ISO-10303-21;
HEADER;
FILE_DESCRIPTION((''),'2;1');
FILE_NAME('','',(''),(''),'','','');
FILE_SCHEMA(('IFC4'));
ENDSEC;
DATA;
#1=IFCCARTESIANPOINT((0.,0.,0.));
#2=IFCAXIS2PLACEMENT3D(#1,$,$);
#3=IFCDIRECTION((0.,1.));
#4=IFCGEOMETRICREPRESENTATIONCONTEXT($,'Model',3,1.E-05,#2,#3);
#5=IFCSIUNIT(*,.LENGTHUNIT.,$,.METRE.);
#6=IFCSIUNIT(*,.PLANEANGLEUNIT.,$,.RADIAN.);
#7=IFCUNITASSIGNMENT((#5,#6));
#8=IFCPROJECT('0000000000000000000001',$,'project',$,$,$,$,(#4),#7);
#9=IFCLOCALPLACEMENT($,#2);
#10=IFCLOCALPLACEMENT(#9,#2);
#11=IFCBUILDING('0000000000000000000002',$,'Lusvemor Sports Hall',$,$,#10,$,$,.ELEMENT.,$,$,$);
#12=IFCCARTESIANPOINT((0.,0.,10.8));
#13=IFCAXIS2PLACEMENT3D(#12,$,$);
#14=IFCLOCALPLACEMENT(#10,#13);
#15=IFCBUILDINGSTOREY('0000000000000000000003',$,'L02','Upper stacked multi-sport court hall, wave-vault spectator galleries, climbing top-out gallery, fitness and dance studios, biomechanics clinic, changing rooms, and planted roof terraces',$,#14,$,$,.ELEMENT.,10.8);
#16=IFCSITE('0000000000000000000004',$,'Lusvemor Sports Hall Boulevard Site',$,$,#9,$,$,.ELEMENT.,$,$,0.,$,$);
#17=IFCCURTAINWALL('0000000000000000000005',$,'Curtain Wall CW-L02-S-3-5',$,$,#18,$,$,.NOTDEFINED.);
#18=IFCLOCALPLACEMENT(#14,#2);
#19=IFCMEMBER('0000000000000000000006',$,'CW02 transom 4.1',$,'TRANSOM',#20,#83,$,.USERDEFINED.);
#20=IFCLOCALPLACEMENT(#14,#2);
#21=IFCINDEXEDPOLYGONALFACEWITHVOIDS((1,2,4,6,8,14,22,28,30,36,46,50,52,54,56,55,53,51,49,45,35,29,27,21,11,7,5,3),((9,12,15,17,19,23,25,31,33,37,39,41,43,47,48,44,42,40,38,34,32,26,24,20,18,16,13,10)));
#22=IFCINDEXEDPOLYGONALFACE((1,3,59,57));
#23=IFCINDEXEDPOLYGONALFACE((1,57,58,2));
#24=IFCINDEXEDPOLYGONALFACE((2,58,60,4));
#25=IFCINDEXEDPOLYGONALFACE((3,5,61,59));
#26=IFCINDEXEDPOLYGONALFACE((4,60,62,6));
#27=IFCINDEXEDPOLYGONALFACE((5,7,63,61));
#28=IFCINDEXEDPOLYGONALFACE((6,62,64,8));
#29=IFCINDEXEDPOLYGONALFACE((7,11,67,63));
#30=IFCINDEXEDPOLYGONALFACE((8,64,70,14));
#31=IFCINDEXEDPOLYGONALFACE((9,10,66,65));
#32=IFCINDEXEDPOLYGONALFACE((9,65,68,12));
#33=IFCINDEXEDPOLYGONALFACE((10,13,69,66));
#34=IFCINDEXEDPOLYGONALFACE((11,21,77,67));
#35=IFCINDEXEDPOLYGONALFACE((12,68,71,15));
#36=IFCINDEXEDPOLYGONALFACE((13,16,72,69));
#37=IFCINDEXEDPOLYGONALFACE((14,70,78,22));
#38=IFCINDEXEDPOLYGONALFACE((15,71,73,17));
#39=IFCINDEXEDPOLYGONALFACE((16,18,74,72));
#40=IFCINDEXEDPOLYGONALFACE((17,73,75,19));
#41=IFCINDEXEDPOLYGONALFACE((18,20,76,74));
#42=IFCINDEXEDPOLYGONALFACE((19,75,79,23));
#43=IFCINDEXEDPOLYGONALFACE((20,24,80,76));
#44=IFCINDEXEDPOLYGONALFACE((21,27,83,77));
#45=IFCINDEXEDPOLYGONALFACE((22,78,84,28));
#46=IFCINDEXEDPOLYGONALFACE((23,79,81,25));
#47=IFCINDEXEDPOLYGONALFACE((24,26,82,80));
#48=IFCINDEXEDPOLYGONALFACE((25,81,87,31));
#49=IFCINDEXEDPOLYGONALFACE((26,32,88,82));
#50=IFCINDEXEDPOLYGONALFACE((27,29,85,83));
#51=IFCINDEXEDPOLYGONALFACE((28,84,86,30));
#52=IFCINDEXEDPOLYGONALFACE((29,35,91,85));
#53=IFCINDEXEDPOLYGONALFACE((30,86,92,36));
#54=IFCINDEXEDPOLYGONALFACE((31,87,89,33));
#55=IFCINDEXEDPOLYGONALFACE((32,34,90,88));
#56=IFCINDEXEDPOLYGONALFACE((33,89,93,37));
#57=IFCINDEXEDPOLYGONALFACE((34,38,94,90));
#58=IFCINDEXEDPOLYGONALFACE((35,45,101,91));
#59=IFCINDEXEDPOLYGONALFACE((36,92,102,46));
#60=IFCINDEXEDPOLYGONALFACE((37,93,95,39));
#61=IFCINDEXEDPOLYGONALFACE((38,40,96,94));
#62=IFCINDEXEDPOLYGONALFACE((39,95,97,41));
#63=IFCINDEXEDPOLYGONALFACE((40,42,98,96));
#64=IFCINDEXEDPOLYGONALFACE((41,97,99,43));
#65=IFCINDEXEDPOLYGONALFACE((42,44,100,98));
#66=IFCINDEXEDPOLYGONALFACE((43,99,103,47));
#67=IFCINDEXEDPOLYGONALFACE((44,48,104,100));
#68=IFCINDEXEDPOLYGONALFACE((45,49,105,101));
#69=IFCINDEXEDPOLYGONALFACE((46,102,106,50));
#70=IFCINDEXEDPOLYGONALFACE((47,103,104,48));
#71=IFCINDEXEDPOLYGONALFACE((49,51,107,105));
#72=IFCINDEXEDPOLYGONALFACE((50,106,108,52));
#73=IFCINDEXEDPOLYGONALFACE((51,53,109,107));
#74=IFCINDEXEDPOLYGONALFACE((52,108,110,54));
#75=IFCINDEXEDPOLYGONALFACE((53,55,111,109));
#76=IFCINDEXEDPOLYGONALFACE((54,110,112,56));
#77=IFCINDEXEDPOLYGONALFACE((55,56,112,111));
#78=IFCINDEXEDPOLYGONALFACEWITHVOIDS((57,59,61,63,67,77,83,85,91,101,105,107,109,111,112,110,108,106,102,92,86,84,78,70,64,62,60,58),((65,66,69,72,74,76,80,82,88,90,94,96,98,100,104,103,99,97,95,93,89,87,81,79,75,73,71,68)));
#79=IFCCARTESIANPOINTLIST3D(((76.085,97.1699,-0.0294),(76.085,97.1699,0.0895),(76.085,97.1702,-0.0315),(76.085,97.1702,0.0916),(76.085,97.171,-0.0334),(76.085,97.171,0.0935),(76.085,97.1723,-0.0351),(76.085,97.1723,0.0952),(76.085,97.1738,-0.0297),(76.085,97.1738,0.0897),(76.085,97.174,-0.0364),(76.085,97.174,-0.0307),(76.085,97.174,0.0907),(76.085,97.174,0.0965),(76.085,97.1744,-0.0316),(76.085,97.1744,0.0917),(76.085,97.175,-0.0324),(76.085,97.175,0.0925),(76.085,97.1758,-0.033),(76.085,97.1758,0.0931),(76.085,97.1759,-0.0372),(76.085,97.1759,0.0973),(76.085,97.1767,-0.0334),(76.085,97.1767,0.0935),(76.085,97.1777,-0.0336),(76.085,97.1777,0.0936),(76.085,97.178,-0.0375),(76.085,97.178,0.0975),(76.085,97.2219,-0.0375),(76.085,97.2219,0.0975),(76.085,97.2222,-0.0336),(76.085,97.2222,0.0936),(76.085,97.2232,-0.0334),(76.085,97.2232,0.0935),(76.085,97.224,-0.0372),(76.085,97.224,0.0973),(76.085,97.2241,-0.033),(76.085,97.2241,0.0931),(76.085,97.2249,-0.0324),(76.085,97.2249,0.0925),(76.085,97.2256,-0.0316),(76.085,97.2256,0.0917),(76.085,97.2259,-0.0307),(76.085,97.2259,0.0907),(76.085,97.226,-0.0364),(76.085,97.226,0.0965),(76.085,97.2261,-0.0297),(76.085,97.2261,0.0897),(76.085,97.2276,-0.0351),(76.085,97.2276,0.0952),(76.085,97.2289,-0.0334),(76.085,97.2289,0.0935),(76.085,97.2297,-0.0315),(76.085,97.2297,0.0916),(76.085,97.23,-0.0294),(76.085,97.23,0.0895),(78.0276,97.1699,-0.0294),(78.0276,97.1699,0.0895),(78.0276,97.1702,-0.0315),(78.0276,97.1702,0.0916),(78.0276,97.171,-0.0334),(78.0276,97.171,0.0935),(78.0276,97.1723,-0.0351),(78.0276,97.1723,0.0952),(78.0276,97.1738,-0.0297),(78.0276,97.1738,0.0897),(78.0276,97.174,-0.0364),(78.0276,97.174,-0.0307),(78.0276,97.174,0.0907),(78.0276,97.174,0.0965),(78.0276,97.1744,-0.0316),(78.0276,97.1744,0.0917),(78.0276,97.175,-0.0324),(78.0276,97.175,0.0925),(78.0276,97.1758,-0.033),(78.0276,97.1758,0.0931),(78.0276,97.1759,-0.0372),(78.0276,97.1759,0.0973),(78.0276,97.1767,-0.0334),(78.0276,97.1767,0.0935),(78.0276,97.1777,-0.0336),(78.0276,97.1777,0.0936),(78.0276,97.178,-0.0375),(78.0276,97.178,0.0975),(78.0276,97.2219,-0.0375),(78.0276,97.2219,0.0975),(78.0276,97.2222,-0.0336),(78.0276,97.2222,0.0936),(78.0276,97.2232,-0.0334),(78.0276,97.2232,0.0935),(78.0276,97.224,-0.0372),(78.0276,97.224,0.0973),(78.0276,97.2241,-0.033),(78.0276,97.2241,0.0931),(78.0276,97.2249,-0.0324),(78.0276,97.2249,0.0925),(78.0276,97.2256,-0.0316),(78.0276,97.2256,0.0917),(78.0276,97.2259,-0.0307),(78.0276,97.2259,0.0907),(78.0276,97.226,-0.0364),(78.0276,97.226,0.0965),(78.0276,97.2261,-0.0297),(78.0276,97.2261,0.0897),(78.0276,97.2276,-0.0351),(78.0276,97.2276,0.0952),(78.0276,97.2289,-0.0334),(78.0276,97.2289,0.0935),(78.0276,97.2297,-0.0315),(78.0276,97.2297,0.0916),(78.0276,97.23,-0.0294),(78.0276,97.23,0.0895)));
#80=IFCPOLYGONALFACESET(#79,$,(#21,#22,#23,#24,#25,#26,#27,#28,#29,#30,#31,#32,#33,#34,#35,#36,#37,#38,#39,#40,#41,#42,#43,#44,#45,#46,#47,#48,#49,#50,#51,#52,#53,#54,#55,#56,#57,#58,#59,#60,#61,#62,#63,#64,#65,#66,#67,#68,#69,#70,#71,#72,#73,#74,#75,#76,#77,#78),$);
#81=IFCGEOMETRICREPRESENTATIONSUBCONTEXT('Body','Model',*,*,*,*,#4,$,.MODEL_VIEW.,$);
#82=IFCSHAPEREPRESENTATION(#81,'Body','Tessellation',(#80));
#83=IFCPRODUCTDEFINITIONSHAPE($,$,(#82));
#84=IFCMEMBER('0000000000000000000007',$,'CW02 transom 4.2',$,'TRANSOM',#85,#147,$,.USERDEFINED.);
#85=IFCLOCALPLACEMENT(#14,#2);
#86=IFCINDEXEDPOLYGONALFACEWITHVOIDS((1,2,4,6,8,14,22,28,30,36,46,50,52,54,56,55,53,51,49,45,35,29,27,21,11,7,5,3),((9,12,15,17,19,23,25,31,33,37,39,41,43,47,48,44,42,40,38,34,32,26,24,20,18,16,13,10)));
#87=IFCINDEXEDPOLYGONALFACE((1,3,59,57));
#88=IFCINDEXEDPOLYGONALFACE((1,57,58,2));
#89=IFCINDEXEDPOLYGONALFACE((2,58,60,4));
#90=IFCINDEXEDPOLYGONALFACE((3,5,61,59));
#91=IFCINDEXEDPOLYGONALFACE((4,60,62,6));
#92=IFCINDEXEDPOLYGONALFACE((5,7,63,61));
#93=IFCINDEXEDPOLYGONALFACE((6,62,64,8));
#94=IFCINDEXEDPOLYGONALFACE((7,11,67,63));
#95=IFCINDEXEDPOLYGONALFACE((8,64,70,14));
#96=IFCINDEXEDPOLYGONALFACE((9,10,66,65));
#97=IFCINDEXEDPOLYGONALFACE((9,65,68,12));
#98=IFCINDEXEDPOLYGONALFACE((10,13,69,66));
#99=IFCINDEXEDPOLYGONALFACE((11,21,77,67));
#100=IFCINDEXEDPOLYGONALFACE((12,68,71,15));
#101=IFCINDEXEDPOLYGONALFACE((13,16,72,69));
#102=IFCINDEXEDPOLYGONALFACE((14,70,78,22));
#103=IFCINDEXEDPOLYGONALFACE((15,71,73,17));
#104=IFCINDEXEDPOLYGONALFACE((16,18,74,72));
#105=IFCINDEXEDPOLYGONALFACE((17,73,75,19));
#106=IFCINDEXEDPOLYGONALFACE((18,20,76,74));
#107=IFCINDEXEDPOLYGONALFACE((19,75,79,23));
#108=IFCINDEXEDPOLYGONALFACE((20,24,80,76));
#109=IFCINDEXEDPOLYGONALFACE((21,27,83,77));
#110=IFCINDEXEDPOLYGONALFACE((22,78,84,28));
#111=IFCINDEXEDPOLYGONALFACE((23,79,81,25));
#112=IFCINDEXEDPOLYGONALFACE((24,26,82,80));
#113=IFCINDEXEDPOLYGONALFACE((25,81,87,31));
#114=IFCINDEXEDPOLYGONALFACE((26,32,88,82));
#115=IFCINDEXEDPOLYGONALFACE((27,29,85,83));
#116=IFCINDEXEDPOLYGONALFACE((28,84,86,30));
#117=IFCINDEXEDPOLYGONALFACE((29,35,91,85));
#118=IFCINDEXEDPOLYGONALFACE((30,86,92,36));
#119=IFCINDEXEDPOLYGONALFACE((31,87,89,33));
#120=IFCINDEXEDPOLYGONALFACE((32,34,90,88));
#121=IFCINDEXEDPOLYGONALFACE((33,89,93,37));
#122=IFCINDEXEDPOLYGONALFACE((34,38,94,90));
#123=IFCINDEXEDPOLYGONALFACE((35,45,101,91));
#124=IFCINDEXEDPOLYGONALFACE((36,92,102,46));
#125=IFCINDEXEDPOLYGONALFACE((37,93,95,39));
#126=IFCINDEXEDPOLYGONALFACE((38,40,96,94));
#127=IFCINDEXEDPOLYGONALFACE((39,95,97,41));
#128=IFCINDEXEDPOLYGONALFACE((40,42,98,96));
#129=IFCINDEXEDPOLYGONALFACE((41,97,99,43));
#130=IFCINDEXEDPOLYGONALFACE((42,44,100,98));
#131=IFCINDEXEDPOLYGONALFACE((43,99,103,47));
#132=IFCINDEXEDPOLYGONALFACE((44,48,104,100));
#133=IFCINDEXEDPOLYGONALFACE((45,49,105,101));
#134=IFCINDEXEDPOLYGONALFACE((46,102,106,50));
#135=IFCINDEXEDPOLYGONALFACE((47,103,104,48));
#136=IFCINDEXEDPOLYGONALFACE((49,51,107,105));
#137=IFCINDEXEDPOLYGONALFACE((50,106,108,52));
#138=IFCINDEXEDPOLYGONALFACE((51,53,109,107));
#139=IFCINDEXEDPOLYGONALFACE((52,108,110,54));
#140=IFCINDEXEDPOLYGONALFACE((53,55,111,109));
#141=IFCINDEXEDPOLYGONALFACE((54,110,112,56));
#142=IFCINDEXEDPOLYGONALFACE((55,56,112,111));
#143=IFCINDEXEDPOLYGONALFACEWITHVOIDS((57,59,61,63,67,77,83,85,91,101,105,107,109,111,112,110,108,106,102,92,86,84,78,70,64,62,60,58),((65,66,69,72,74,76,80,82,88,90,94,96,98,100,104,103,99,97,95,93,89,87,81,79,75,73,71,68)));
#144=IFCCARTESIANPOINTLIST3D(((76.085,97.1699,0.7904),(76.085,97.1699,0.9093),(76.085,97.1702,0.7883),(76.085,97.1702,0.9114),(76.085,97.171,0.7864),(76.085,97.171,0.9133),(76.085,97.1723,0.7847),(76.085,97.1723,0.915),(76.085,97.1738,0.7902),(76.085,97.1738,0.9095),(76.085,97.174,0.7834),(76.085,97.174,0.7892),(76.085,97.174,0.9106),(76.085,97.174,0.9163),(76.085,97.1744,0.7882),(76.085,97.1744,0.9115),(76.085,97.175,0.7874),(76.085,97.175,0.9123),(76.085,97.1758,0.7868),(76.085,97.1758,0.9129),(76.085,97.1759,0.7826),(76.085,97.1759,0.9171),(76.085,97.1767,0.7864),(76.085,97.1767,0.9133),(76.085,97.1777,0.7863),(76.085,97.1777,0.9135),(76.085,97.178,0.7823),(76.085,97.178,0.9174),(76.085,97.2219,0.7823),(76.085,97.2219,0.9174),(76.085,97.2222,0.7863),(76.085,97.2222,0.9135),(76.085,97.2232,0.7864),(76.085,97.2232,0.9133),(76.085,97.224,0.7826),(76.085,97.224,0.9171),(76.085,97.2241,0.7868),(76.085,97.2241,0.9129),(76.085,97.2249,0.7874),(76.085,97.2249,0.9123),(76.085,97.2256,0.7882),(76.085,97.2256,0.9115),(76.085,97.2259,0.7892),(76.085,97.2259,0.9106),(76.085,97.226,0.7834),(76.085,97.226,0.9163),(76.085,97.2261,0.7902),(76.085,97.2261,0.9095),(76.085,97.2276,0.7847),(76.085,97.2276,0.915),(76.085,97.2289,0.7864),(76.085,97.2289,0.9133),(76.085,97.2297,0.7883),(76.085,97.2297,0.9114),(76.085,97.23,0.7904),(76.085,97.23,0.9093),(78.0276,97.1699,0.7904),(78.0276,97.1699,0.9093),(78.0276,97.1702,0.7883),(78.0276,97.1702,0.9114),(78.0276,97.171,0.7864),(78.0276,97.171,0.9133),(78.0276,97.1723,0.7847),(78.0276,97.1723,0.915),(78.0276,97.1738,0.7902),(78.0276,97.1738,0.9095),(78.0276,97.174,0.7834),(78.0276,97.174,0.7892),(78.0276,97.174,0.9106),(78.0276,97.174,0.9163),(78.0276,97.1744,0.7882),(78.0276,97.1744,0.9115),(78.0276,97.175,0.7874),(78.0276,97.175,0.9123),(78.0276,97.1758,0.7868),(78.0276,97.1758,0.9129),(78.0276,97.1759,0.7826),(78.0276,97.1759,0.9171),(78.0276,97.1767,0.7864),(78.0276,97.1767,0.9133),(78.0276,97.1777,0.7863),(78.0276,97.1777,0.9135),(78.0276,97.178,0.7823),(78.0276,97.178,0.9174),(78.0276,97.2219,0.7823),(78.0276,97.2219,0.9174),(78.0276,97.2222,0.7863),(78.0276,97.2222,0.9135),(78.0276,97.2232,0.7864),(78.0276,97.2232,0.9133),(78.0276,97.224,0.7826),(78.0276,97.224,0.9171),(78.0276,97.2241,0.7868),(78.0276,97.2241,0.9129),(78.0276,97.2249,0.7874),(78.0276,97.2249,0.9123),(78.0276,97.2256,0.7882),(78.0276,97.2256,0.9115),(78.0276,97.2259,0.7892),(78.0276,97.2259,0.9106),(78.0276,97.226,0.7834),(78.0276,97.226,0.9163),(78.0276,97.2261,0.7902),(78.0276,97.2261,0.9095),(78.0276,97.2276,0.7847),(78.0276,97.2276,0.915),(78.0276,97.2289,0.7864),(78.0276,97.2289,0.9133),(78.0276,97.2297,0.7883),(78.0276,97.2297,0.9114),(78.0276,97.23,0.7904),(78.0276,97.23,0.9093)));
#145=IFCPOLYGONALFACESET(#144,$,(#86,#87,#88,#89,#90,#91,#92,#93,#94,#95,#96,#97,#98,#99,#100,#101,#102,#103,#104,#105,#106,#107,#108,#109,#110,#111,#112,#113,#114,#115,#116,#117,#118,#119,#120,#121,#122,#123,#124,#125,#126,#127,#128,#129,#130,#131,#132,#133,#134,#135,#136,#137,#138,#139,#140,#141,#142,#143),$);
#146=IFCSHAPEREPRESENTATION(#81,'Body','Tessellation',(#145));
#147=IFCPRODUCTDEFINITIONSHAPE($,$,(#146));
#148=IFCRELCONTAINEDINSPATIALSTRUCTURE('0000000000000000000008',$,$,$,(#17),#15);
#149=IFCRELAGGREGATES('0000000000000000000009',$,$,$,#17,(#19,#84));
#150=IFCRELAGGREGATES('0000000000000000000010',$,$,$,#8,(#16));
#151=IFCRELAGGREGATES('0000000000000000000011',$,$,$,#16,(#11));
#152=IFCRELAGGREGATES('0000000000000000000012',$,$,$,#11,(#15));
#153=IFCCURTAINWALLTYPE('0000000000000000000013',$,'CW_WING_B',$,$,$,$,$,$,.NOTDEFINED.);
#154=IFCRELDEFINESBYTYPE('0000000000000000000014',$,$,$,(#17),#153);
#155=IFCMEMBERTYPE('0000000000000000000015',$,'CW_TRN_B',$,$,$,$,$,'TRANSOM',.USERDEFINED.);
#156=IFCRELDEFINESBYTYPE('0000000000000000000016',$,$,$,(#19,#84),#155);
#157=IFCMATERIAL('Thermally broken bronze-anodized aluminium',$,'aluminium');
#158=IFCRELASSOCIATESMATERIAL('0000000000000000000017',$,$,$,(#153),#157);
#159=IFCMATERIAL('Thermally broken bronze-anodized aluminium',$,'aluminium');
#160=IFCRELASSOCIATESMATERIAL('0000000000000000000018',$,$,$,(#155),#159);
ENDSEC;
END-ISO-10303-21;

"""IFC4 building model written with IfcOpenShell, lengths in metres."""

from ifc_helpers import new_model, si_unit, direction, frame, origin, origin_2d, place, context, subcontext, project, spatial, hollow_rectangle, extrude, material, material_profile, profile_set, type_object, element, aggregate, save


model = new_model("IFC4")

# Units and contexts
model_context = context("Model", 3, precision=1e-05, world=origin(), true_north=direction((0.0, 1.0)))
body_context = subcontext(model_context, "Body", "Model", "MODEL_VIEW")
ifc_project = project(units=[si_unit("LENGTHUNIT", "METRE"), si_unit("PLANEANGLEUNIT", "RADIAN")], contexts=[model_context])

# Site, building, storey
site_placement = place(None, origin())
site = spatial("IfcSite", under=ifc_project, at=site_placement, Name="Lusvemor Sports Hall Boulevard Site", CompositionType="ELEMENT", RefElevation=0.0)
building_placement = place(site_placement, origin())
building = spatial("IfcBuilding", under=site, at=building_placement, Name="Lusvemor Sports Hall", CompositionType="ELEMENT")
storey_placement = place(building_placement, frame((0.0, 0.0, 10.8)))
storey = spatial("IfcBuildingStorey", under=building, at=storey_placement, Name="L02", Description="Upper stacked multi-sport court hall, wave-vault spectator galleries, climbing top-out gallery, fitness and dance studios, biomechanics clinic, changing rooms, and planted roof terraces", CompositionType="ELEMENT", Elevation=10.8)

# Curtain wall, members
ifc_material_1 = material(Name="Thermally broken bronze-anodized aluminium", Category="aluminium")
curtain_wall_type = type_object("IfcCurtainWallType", Name="CW_WING_B", PredefinedType="NOTDEFINED", material=ifc_material_1)
curtain_wall_placement = place(storey_placement, origin())
curtain_wall = element("IfcCurtainWall", 1, at=curtain_wall_placement, inside=storey, type_object=curtain_wall_type, Name="Curtain Wall CW-L02-S-3-5", PredefinedType="NOTDEFINED")
ifc_material_2 = material(Name="Thermally broken bronze-anodized aluminium", Category="aluminium")
ifc_material_profile_1 = material_profile(ifc_material_2, hollow_rectangle(XDim=0.0601, YDim=0.135, WallThickness=0.0039, InnerFilletRadius=0.0039, OuterFilletRadius=0.0081, at=origin_2d()), Name="CWTRN135x60x4")
ifc_profile_set_1 = profile_set([ifc_material_profile_1], Name="Thermally broken bronze-anodized aluminium")
member_type_1 = type_object("IfcMemberType", Name="CW_TRN_B", ElementType="TRANSOM", PredefinedType="USERDEFINED", material=ifc_profile_set_1)
member_1_placement = place(storey_placement, frame((78.0276, 97.2, 0.03), z_axis=(-1.0, 0.0, 0.0), x_axis=(0.0, -1.0, 0.0)))
member_1 = element("IfcMember", 2, at=member_1_placement, type_object=member_type_1, Name="CW02 transom 4.1", ObjectType="TRANSOM", PredefinedType="USERDEFINED", context=body_context, shape_type="SweptSolid", body=[
    extrude(hollow_rectangle(XDim=0.0601, YDim=0.135, WallThickness=0.0039, InnerFilletRadius=0.0039, OuterFilletRadius=0.0081, at=origin_2d()), origin(), (0.0, 0.0, 1.0), 1.9426),
])
member_2_placement = place(storey_placement, frame((78.0276, 97.2, 0.8499), z_axis=(-1.0, 0.0, 0.0), x_axis=(0.0, -1.0, 0.0)))
member_2 = element("IfcMember", 3, at=member_2_placement, type_object=member_type_1, Name="CW02 transom 4.2", ObjectType="TRANSOM", PredefinedType="USERDEFINED", context=body_context, shape_type="SweptSolid", body=[
    extrude(hollow_rectangle(XDim=0.0601, YDim=0.135, WallThickness=0.0039, InnerFilletRadius=0.0039, OuterFilletRadius=0.0081, at=origin_2d()), origin(), (0.0, 0.0, 1.0), 1.9426),
])

aggregate(curtain_wall, [member_1, member_2])

save(model, "model.ifc")
